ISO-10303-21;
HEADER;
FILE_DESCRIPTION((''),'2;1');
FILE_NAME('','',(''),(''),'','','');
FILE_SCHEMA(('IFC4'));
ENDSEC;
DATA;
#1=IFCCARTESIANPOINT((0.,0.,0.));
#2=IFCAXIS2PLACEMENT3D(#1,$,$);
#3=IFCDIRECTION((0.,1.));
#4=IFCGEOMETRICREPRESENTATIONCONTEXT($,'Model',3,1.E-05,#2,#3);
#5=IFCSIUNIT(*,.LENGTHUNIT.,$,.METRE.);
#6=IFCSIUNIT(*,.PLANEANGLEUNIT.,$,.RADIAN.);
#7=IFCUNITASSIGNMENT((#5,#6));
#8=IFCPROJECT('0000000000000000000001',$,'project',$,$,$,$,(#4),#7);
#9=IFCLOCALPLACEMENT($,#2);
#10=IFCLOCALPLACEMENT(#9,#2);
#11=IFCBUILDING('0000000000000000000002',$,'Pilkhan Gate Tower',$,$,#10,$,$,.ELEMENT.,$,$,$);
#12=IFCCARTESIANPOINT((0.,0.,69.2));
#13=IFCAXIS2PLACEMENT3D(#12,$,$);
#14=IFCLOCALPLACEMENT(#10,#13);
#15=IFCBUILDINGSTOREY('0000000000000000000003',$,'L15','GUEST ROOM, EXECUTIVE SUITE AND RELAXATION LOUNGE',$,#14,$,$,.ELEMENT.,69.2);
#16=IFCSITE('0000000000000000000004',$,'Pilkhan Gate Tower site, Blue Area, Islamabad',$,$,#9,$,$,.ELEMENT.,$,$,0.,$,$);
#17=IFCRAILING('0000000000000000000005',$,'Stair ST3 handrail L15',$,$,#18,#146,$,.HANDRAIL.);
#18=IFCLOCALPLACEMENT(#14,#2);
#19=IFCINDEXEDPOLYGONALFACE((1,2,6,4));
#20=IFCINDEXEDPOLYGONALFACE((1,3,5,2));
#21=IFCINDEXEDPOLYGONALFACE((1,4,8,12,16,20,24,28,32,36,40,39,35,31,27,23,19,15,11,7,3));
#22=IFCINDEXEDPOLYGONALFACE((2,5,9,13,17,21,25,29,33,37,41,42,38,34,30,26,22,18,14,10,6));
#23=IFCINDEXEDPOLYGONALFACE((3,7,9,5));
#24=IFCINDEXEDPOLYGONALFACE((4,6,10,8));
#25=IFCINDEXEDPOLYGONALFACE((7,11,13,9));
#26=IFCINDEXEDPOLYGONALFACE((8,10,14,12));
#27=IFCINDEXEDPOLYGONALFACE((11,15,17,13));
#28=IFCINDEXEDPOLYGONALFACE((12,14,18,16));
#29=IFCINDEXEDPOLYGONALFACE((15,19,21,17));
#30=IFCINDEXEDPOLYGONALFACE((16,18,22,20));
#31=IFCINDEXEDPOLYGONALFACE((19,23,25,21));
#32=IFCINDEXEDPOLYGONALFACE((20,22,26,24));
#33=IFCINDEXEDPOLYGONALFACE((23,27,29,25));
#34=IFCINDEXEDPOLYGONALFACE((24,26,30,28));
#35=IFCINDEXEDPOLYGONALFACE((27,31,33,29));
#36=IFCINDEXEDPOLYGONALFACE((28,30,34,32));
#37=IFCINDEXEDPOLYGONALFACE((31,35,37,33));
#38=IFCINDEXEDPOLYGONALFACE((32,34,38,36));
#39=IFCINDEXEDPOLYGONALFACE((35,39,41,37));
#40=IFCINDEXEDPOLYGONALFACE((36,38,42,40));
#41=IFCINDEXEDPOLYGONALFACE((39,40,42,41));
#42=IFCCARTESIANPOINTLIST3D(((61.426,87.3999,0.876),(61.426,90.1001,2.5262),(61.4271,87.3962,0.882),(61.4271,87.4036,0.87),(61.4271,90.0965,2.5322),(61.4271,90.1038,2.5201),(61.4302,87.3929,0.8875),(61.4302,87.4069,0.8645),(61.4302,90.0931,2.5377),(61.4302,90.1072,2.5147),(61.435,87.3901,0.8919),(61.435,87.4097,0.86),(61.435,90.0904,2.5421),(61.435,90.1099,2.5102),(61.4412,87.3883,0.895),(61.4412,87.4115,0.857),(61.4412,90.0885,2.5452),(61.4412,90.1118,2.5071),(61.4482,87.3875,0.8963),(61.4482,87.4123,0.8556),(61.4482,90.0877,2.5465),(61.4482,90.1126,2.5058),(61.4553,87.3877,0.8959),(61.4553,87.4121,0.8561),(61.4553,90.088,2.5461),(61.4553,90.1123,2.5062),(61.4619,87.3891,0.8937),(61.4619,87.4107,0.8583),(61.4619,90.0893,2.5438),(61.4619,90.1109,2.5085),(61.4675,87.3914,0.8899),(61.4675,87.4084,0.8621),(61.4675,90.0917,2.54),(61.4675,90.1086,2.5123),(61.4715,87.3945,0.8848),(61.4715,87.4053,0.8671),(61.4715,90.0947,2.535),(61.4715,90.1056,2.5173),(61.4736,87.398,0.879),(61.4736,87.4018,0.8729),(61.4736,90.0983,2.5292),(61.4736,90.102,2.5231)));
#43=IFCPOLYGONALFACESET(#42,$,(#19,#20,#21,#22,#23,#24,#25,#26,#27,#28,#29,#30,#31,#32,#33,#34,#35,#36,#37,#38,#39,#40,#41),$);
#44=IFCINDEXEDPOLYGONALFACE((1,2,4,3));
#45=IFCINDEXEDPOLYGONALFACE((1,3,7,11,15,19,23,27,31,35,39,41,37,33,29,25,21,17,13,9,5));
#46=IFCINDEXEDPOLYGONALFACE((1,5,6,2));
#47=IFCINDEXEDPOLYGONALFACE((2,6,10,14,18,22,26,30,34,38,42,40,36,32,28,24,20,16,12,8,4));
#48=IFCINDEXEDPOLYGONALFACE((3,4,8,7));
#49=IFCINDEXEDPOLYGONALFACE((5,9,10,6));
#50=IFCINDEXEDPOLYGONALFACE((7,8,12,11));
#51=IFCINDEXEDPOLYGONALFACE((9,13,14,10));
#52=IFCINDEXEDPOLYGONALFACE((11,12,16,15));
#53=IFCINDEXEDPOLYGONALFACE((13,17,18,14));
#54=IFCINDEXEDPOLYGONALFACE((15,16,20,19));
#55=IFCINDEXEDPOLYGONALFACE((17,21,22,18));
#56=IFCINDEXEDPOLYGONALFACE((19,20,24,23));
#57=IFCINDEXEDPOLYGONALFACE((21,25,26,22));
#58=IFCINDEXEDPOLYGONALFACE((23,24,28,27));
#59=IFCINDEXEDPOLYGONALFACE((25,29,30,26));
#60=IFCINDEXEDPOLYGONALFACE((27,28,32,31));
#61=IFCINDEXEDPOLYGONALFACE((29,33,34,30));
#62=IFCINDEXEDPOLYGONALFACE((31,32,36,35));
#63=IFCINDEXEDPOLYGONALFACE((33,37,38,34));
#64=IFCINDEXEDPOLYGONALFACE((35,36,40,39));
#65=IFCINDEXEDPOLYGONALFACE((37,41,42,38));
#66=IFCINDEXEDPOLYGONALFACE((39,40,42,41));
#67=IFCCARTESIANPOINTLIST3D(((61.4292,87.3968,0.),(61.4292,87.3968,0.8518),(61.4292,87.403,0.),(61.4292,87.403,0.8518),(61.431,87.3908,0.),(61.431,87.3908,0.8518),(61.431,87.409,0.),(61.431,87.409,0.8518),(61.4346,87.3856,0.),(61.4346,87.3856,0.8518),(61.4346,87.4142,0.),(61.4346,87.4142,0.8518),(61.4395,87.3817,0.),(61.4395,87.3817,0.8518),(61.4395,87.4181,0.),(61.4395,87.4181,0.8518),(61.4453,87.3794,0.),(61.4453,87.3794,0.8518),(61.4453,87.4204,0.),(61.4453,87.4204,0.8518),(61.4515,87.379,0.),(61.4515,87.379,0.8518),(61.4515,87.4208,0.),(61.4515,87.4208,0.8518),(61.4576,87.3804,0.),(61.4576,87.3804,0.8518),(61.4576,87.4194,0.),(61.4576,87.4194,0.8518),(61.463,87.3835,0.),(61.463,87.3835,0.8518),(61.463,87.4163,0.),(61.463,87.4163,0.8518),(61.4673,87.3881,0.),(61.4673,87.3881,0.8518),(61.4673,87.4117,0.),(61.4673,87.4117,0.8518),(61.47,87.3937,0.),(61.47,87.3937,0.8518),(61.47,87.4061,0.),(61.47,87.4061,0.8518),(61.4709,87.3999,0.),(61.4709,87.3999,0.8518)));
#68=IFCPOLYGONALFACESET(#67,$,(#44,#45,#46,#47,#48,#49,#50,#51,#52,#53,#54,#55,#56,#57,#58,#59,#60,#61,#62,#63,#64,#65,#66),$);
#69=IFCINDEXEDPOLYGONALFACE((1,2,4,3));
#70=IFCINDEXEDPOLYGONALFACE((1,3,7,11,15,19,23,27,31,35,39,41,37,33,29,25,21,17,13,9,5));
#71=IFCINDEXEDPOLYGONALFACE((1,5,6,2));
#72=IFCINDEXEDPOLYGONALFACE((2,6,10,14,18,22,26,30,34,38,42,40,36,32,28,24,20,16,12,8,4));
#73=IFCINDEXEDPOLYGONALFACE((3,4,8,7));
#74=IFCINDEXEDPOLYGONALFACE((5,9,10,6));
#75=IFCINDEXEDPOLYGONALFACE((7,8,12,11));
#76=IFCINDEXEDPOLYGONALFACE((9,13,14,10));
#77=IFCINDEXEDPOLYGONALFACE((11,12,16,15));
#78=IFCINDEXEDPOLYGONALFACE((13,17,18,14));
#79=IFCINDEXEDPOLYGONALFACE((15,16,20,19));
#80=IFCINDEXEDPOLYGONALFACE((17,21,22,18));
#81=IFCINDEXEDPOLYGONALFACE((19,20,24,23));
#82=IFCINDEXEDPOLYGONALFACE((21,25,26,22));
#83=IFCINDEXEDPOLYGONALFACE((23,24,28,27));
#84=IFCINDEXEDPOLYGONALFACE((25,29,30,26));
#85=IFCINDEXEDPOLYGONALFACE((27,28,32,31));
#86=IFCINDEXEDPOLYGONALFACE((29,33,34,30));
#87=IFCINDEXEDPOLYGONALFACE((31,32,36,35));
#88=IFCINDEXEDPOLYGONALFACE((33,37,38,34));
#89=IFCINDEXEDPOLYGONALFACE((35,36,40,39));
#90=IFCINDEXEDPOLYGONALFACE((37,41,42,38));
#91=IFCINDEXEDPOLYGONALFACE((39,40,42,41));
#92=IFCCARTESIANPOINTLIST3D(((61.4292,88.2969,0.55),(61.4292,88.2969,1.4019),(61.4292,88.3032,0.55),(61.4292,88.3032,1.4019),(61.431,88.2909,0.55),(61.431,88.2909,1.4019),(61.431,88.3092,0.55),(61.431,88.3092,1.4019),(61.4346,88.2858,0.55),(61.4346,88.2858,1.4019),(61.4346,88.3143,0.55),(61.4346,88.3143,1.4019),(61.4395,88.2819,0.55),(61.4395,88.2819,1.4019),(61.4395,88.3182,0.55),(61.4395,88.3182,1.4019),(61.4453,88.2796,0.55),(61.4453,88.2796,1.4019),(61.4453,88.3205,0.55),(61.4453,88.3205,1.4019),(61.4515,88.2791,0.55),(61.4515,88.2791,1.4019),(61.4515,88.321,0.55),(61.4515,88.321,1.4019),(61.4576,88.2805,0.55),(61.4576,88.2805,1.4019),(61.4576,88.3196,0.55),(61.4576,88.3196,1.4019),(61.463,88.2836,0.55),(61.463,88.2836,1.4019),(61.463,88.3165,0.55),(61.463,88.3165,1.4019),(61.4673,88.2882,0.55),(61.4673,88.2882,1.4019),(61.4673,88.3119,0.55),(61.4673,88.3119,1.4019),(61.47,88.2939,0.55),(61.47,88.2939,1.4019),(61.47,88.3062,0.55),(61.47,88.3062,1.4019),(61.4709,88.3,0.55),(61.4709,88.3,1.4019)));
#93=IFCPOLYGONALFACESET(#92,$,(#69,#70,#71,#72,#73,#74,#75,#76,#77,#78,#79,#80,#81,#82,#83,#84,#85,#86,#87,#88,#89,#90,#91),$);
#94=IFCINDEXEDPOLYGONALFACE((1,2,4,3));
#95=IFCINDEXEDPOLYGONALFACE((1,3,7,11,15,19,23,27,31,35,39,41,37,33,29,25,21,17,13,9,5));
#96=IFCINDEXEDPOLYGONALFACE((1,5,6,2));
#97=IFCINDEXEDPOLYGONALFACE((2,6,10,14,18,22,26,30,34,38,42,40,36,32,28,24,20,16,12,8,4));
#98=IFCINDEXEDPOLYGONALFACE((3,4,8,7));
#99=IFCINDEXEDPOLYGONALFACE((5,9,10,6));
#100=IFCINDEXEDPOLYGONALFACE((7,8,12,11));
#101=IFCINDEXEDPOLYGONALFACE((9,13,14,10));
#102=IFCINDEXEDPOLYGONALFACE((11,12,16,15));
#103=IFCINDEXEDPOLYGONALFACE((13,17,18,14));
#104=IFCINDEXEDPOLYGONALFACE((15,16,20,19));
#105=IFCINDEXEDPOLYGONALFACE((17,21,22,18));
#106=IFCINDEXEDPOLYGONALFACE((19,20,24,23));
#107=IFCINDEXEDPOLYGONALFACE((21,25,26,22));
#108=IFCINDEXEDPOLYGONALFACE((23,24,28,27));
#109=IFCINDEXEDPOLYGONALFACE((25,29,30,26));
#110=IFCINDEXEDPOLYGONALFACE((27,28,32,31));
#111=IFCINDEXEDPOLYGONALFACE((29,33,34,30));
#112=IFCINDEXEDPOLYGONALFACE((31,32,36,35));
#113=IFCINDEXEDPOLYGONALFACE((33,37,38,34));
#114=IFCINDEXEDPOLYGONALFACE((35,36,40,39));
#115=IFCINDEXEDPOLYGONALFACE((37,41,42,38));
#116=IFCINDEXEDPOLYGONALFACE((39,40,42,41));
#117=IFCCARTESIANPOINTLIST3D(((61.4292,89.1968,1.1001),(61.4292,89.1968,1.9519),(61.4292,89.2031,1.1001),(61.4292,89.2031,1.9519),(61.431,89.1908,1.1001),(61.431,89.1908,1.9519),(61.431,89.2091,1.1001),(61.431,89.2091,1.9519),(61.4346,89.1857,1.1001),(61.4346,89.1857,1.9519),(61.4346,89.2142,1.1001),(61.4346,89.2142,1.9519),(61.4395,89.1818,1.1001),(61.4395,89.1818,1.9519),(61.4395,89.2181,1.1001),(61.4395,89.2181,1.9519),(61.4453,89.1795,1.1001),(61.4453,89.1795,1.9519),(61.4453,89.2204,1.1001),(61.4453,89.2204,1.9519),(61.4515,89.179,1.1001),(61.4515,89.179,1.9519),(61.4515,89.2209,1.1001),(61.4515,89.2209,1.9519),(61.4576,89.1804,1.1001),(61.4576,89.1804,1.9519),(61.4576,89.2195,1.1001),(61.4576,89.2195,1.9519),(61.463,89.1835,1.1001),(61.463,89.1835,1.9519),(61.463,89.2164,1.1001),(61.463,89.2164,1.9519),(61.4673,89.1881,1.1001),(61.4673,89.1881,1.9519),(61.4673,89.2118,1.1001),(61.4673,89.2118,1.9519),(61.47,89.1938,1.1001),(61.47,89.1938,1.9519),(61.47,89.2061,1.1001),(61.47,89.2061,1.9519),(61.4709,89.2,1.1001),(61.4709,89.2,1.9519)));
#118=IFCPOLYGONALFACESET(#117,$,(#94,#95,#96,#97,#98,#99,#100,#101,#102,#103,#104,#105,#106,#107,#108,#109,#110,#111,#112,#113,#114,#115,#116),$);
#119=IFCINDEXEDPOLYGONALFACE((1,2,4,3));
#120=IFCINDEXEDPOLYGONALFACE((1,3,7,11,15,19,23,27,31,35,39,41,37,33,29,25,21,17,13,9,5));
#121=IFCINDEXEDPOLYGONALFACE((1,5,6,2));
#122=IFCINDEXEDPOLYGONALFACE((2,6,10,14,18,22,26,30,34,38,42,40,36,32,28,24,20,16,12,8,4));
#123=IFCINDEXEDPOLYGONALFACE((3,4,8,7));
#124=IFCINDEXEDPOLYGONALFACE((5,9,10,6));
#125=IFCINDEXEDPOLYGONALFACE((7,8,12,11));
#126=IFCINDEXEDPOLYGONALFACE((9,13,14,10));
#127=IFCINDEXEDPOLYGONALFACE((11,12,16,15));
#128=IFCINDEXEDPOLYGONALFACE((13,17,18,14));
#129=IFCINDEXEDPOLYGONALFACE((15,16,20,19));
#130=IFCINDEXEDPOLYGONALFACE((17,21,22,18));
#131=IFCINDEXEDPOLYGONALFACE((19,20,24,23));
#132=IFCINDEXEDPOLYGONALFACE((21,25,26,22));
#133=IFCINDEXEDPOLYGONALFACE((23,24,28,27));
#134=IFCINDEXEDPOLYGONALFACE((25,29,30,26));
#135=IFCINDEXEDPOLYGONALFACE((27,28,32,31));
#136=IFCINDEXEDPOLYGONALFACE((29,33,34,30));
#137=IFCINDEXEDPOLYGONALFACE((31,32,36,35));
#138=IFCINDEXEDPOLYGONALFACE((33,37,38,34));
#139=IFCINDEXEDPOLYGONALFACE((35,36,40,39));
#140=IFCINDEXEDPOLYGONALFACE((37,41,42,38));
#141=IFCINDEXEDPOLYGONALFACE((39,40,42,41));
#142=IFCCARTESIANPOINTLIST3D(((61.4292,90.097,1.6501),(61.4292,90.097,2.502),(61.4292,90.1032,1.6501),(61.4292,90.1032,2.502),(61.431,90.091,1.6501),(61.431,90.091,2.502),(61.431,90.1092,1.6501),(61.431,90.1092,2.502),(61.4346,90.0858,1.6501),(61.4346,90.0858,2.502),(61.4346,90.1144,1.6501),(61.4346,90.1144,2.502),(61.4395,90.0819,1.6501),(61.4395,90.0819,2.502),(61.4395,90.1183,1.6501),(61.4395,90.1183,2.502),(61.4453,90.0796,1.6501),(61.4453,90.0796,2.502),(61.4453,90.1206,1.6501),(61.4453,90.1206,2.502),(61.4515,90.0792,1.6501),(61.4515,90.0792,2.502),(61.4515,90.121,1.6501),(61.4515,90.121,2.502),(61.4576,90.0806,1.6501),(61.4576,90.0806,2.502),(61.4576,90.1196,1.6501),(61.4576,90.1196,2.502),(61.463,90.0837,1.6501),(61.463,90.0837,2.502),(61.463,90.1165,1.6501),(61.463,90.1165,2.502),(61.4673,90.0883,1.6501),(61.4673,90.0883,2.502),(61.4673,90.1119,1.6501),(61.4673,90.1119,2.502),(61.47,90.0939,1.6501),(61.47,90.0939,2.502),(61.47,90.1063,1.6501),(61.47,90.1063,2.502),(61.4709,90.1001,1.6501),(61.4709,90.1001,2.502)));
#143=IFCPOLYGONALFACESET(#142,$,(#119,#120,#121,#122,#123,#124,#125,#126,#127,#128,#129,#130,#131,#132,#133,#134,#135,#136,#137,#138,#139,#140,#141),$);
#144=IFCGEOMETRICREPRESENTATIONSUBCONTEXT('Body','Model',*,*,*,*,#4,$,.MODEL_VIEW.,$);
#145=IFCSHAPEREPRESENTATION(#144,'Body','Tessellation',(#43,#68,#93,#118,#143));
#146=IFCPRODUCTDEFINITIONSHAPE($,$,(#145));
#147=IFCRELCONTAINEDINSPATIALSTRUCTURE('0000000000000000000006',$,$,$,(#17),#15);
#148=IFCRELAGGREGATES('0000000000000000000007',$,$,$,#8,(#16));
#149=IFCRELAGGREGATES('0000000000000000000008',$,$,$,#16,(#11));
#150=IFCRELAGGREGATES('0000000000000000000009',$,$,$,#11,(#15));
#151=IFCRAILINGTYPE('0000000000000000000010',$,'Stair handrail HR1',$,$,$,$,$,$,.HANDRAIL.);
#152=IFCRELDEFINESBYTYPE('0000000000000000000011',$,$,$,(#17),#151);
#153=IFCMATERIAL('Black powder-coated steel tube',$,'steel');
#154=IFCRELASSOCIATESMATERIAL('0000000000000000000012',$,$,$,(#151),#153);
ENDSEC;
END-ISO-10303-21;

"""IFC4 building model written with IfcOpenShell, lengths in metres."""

from ifc_helpers import new_model, si_unit, direction, frame, origin, origin_2d, place, context, subcontext, project, spatial, circle, extrude, material, type_object, element, save


model = new_model("IFC4")

# Units and contexts
model_context = context("Model", 3, precision=1e-05, world=origin(), true_north=direction((0.0, 1.0)))
body_context = subcontext(model_context, "Body", "Model", "MODEL_VIEW")
ifc_project = project(units=[si_unit("LENGTHUNIT", "METRE"), si_unit("PLANEANGLEUNIT", "RADIAN")], contexts=[model_context])

# Site, building, storey
site_placement = place(None, origin())
site = spatial("IfcSite", under=ifc_project, at=site_placement, Name="Pilkhan Gate Tower site, Blue Area, Islamabad", CompositionType="ELEMENT", RefElevation=0.0)
building_placement = place(site_placement, origin())
building = spatial("IfcBuilding", under=site, at=building_placement, Name="Pilkhan Gate Tower", CompositionType="ELEMENT")
storey_placement = place(building_placement, frame((0.0, 0.0, 69.2)))
storey = spatial("IfcBuildingStorey", under=building, at=storey_placement, Name="L15", Description="GUEST ROOM, EXECUTIVE SUITE AND RELAXATION LOUNGE", CompositionType="ELEMENT", Elevation=69.2)

# Railing
ifc_material_1 = material(Name="Black powder-coated steel tube", Category="steel")
railing_type_1 = type_object("IfcRailingType", Name="Stair handrail HR1", PredefinedType="HANDRAIL", material=ifc_material_1)
railing_1_placement = place(storey_placement, frame((61.45, 87.3999, 0.0)))
element("IfcRailing", 1, at=railing_1_placement, inside=storey, type_object=railing_type_1, Name="Stair ST3 handrail L15", PredefinedType="HANDRAIL", context=body_context, shape_type="SweptSolid", body=[
    extrude(circle(Radius=0.0239, at=origin_2d()), frame((0.0, 0.0, 0.876), z_axis=(0.0, 0.853278, 0.521456), x_axis=(-1.0, 0.0, 0.0)), (0.0, 0.0, 1.0), 3.1646),
    extrude(circle(Radius=0.021, at=origin_2d()), origin(), (0.0, 0.0, 1.0), 0.8518),
    extrude(circle(Radius=0.021, at=origin_2d()), frame((0.0, 0.9001, 0.55)), (0.0, 0.0, 1.0), 0.8518),
    extrude(circle(Radius=0.021, at=origin_2d()), frame((0.0, 1.8, 1.1001)), (0.0, 0.0, 1.0), 0.8518),
    extrude(circle(Radius=0.021, at=origin_2d()), frame((0.0, 2.7002, 1.6501)), (0.0, 0.0, 1.0), 0.8518),
])

save(model, "model.ifc")
